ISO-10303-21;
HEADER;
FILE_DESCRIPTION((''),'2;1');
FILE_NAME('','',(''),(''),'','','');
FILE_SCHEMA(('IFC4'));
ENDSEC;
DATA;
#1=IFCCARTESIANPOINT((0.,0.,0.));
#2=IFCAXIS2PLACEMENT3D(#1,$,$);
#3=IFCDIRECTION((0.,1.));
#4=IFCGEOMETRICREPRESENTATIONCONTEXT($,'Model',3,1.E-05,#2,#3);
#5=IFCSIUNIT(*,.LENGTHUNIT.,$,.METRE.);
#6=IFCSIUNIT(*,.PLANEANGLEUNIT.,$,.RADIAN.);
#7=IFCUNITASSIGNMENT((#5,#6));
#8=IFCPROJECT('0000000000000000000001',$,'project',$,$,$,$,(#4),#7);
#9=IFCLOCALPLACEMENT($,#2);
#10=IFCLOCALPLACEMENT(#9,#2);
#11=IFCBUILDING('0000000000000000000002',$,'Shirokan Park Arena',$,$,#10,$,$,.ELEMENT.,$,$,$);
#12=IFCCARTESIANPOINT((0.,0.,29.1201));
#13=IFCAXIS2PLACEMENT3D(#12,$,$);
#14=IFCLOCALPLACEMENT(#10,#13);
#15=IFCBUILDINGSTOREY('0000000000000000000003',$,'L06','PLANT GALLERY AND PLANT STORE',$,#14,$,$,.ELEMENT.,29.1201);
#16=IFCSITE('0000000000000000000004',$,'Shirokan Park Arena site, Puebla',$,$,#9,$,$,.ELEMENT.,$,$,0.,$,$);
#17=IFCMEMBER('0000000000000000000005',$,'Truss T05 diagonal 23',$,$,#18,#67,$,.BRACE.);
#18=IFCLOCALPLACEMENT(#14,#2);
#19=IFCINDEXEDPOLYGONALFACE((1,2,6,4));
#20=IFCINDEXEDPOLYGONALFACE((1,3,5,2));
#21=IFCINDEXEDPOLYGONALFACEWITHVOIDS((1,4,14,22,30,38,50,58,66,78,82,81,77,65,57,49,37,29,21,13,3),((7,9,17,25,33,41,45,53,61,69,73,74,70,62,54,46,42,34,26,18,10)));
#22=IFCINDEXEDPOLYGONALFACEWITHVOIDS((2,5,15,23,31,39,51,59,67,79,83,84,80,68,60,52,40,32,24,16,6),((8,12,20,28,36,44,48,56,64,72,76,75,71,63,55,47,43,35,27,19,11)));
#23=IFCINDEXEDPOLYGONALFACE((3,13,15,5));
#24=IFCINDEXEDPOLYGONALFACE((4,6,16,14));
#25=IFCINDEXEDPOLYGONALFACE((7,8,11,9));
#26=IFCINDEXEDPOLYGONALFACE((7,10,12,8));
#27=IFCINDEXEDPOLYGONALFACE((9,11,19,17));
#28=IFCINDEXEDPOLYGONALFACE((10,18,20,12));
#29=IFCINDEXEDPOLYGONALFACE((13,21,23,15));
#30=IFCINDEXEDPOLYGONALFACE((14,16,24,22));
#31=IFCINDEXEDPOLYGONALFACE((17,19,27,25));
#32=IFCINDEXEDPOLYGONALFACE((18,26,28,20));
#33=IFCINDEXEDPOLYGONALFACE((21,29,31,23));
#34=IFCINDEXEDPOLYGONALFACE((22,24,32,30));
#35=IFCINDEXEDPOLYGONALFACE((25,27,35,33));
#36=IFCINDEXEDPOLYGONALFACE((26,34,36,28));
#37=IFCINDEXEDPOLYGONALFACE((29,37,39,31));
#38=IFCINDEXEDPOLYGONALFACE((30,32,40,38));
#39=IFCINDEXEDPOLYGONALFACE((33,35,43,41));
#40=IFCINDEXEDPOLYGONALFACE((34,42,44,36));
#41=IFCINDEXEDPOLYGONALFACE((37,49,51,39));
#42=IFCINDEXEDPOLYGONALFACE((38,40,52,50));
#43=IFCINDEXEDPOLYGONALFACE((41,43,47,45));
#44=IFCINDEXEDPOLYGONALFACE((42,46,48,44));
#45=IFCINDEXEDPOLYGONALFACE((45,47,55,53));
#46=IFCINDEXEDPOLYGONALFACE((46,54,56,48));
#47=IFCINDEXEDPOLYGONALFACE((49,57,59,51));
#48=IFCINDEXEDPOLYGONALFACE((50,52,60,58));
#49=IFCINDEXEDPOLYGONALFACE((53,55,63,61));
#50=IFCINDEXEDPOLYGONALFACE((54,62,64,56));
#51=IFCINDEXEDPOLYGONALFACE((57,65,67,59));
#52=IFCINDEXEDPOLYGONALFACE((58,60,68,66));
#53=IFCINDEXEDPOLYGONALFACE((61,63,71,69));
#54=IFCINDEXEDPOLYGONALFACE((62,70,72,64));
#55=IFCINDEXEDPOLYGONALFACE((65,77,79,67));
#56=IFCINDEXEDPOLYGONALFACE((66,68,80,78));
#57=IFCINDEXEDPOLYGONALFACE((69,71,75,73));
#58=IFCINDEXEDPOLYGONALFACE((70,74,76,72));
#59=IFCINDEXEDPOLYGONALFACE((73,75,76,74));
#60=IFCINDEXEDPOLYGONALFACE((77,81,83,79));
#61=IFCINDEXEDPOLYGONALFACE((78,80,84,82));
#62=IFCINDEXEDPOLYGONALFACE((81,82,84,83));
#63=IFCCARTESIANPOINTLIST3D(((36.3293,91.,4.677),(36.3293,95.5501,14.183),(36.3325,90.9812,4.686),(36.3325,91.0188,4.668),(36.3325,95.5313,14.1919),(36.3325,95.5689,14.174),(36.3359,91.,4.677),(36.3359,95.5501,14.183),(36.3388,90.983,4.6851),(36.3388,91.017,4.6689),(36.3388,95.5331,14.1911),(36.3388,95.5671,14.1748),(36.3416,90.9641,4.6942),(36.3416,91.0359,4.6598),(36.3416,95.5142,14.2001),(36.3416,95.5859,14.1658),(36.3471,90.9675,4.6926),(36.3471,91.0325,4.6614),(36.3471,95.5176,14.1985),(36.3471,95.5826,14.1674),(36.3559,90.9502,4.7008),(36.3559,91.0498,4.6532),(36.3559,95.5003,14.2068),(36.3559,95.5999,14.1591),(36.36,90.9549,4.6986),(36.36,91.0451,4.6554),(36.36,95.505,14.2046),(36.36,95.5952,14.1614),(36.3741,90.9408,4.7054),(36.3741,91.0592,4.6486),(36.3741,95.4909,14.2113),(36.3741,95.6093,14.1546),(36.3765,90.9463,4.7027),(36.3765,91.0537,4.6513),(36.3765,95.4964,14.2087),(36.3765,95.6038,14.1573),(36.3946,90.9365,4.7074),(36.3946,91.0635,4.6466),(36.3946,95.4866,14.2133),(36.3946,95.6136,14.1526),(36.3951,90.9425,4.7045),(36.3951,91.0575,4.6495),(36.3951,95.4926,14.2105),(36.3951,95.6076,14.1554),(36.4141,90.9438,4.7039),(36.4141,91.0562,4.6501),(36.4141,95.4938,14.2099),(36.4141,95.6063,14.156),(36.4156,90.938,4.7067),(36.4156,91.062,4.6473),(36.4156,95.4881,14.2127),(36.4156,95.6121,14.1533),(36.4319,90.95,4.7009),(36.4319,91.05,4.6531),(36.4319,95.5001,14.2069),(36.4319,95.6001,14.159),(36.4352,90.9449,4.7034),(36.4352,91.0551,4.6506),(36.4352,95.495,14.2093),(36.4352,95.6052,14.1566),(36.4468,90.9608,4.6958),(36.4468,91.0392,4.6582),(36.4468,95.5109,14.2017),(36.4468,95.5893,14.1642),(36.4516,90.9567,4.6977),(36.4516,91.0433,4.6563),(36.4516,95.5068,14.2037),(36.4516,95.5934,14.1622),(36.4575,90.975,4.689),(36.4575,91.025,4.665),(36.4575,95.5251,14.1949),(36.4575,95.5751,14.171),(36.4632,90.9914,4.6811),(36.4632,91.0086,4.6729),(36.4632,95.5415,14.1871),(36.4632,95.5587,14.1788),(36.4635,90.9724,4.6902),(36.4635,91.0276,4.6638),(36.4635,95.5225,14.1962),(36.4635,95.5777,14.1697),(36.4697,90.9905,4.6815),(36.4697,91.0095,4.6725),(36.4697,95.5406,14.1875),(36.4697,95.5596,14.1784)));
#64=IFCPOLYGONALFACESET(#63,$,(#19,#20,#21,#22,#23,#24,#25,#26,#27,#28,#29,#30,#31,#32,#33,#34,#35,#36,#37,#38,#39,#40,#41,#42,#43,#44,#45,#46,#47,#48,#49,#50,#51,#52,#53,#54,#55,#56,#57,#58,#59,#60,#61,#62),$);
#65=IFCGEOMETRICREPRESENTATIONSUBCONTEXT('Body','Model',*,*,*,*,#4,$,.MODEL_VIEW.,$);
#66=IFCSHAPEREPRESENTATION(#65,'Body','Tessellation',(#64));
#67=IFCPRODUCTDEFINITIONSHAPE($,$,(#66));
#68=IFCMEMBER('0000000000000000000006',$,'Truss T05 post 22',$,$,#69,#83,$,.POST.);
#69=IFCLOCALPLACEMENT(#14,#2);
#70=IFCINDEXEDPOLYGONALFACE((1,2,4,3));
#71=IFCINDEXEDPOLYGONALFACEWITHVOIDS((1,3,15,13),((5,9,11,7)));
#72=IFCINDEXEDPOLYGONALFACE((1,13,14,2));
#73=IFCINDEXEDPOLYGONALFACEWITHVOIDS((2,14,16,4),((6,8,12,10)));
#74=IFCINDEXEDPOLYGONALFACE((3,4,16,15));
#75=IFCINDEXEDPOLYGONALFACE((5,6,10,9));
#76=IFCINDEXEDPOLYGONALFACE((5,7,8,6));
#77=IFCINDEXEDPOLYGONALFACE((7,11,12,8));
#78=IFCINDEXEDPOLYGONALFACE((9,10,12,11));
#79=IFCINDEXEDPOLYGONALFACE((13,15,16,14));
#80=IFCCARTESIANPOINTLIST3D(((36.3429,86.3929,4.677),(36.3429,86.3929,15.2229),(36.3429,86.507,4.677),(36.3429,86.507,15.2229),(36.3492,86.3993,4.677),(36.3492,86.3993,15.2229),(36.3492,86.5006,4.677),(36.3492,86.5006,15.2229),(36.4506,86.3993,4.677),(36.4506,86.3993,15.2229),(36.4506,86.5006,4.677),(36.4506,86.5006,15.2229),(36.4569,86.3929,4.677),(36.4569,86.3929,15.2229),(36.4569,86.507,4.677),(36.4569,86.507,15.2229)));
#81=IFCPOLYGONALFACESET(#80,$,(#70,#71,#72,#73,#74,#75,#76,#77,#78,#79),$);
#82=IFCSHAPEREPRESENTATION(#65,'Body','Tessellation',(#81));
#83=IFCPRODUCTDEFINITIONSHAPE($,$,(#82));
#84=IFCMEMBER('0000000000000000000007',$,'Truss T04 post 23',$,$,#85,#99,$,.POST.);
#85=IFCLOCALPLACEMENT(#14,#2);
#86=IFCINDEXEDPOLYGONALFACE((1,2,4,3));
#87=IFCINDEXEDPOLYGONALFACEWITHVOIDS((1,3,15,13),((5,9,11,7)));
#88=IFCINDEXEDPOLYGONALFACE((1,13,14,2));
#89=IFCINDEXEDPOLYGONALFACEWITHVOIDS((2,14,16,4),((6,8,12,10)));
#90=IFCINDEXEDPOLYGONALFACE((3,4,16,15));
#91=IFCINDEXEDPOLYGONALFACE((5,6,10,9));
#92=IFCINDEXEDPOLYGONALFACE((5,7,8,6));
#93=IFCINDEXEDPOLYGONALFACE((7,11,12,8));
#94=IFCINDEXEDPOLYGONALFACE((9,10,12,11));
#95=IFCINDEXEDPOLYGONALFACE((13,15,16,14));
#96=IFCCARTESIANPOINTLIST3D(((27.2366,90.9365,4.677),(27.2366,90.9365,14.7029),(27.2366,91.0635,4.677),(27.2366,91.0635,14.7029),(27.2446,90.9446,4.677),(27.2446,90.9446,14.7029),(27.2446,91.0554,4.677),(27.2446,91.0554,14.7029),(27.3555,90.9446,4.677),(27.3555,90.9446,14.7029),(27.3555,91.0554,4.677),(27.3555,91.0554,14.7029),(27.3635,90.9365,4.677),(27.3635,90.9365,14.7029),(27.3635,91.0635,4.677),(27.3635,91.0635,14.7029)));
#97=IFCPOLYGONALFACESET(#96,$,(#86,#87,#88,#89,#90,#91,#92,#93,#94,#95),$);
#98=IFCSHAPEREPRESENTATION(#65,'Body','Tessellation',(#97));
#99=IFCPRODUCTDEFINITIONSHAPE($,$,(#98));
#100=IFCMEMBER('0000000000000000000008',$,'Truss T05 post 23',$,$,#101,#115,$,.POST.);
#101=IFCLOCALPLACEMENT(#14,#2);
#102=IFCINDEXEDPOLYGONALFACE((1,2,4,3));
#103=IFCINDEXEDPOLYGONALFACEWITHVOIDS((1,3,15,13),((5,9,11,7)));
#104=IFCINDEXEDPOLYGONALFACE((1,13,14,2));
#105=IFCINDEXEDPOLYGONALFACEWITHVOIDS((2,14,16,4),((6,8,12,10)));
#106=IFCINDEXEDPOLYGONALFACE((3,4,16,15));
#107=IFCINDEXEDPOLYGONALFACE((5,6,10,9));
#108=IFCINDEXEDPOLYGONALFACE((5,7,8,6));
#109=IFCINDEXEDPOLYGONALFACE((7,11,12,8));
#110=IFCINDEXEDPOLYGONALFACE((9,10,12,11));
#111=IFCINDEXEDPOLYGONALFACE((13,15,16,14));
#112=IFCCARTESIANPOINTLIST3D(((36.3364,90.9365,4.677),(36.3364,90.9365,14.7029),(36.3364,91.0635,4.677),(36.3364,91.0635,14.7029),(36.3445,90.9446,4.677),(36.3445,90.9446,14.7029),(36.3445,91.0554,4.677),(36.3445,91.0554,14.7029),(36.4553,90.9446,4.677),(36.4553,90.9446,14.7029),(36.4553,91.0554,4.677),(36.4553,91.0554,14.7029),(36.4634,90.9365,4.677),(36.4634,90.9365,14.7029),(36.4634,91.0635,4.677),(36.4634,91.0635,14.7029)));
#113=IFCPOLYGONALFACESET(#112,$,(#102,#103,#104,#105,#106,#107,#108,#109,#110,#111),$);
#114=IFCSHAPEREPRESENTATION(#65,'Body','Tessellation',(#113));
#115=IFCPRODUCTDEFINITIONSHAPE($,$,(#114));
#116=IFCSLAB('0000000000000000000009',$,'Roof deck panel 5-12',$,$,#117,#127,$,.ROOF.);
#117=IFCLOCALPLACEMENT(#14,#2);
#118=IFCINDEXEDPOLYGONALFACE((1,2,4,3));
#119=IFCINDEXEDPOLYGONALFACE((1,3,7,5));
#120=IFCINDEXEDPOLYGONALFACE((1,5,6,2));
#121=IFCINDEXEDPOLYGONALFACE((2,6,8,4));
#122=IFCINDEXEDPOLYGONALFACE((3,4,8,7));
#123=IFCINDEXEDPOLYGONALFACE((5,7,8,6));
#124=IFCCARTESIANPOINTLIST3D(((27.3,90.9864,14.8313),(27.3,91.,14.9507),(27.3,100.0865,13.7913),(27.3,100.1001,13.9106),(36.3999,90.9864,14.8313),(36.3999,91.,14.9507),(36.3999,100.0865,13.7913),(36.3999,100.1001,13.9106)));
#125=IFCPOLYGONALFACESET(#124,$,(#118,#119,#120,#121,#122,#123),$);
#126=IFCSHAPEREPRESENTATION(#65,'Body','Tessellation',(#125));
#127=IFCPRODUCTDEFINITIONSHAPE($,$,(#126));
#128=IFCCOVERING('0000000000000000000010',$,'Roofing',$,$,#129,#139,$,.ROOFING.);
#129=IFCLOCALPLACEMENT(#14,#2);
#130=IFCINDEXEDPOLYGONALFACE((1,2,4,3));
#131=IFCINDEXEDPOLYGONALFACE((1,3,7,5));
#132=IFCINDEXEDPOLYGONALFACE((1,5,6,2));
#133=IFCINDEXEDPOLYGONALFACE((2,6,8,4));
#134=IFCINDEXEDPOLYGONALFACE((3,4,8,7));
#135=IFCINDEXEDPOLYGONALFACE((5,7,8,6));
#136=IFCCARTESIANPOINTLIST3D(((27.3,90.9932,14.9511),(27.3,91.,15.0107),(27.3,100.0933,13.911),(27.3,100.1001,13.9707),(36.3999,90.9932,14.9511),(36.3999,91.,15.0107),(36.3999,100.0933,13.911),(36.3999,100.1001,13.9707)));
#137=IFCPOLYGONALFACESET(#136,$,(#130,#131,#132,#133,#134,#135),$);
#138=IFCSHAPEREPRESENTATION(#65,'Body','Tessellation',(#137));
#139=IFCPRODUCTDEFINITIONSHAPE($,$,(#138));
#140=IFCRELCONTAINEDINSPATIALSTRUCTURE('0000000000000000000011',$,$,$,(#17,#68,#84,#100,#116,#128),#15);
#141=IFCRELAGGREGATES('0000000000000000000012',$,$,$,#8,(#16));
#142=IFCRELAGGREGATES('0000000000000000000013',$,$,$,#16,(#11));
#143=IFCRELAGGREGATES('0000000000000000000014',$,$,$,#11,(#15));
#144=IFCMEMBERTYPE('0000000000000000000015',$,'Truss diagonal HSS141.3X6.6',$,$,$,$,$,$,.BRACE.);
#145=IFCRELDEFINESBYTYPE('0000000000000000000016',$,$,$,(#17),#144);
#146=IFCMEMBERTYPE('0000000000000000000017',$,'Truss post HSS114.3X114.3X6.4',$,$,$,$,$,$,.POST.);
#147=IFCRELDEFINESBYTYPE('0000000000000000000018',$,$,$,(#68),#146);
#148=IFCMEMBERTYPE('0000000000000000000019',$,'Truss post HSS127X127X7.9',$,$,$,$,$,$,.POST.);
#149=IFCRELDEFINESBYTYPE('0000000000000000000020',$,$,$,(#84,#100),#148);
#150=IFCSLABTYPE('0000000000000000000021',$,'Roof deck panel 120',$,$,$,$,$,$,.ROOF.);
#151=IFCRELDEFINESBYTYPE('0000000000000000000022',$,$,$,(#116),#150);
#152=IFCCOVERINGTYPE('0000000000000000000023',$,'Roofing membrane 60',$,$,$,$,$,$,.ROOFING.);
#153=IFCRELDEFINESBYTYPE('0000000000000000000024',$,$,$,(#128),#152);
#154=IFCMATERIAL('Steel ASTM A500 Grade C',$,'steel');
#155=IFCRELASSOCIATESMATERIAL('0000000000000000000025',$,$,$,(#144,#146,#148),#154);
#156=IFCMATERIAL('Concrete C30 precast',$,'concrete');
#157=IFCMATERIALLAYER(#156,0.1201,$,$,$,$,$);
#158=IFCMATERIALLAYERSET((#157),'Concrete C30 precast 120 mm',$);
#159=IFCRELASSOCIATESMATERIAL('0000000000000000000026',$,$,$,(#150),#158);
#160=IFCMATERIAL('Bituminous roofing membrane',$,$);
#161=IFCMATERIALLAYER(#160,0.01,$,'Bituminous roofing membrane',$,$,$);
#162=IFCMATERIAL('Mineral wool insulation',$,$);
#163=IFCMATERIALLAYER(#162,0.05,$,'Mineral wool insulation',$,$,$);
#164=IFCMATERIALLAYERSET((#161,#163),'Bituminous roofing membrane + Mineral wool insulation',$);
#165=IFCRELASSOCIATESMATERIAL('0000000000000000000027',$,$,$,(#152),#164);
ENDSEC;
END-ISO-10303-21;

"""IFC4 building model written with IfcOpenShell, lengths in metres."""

from ifc_helpers import new_model, si_unit, direction, frame, origin, origin_2d, place, context, subcontext, project, spatial, polyline, hollow_rectangle, hollow_circle, outline, extrude, material, layer, layer_set, material_profile, profile_set, type_object, element, save


model = new_model("IFC4")

# Units and contexts
model_context = context("Model", 3, precision=1e-05, world=origin(), true_north=direction((0.0, 1.0)))
body_context = subcontext(model_context, "Body", "Model", "MODEL_VIEW")
ifc_project = project(units=[si_unit("LENGTHUNIT", "METRE"), si_unit("PLANEANGLEUNIT", "RADIAN")], contexts=[model_context])

# Site, building, storey
site_placement = place(None, origin())
site = spatial("IfcSite", under=ifc_project, at=site_placement, Name="Shirokan Park Arena site, Puebla", CompositionType="ELEMENT", RefElevation=0.0)
building_placement = place(site_placement, origin())
building = spatial("IfcBuilding", under=site, at=building_placement, Name="Shirokan Park Arena", CompositionType="ELEMENT")
storey_placement = place(building_placement, frame((0.0, 0.0, 29.1201)))
storey = spatial("IfcBuildingStorey", under=building, at=storey_placement, Name="L06", Description="PLANT GALLERY AND PLANT STORE", CompositionType="ELEMENT", Elevation=29.1201)

# Members
ifc_material_1 = material(Name="Steel ASTM A500 Grade C", Category="steel")
ifc_material_profile_1 = material_profile(ifc_material_1, hollow_circle(Radius=0.0706, WallThickness=0.0066, at=origin_2d()), Name="HSS141.3X6.6")
ifc_profile_set_1 = profile_set([ifc_material_profile_1], Name="Steel ASTM A500 Grade C")
member_type_1 = type_object("IfcMemberType", Name="Truss diagonal HSS141.3X6.6", PredefinedType="BRACE", material=ifc_profile_set_1)
member_1_placement = place(storey_placement, frame((36.3999, 91.0, 4.677), z_axis=(0.0, 0.431746, 0.901995), x_axis=(-1.0, 0.0, 0.0)))
element("IfcMember", 1, at=member_1_placement, inside=storey, type_object=member_type_1, Name="Truss T05 diagonal 23", PredefinedType="BRACE", context=body_context, shape_type="SweptSolid", body=[
    extrude(hollow_circle(Radius=0.0706, WallThickness=0.0066, at=origin_2d()), origin(), (0.0, 0.0, 1.0), 10.5388),
])
ifc_material_profile_2 = material_profile(ifc_material_1, hollow_rectangle(XDim=0.114, YDim=0.114, WallThickness=0.0063, at=origin_2d()), Name="HSS114.3X114.3X6.4")
ifc_profile_set_2 = profile_set([ifc_material_profile_2], Name="Steel ASTM A500 Grade C")
member_type_2 = type_object("IfcMemberType", Name="Truss post HSS114.3X114.3X6.4", PredefinedType="POST", material=ifc_profile_set_2)
member_2_placement = place(storey_placement, frame((36.3999, 86.45, 4.677), z_axis=(0.0, 0.0, 1.0), x_axis=(1.0, 0.0, 0.0)))
element("IfcMember", 2, at=member_2_placement, inside=storey, type_object=member_type_2, Name="Truss T05 post 22", PredefinedType="POST", context=body_context, shape_type="SweptSolid", body=[
    extrude(hollow_rectangle(XDim=0.114, YDim=0.114, WallThickness=0.0063, at=origin_2d()), origin(), (0.0, 0.0, 1.0), 10.5459),
])
ifc_material_profile_3 = material_profile(ifc_material_1, hollow_rectangle(XDim=0.127, YDim=0.127, WallThickness=0.0081, at=origin_2d()), Name="HSS127X127X7.9")
ifc_profile_set_3 = profile_set([ifc_material_profile_3], Name="Steel ASTM A500 Grade C")
member_type_3 = type_object("IfcMemberType", Name="Truss post HSS127X127X7.9", PredefinedType="POST", material=ifc_profile_set_3)
for number, where, z_axis, x_axis, name in (
    (3, (27.3, 91.0, 4.677), (0.0, 0.0, 1.0), (1.0, 0.0, 0.0), "Truss T04 post 23"),
    (4, (36.3999, 91.0, 4.677), (0.0, 0.0, 1.0), (1.0, 0.0, 0.0), "Truss T05 post 23"),
):
    element("IfcMember", number, at=place(storey_placement, frame(where, z_axis=z_axis, x_axis=x_axis)), inside=storey, type_object=member_type_3, Name=name, PredefinedType="POST", context=body_context, shape_type="SweptSolid", body=[
        extrude(hollow_rectangle(XDim=0.127, YDim=0.127, WallThickness=0.0081, at=origin_2d()), origin(), (0.0, 0.0, 1.0), 10.0259),
    ])

# Slab
ifc_material_2 = material(Name="Concrete C30 precast", Category="concrete")
ifc_layer_1 = layer(ifc_material_2, 0.1201)
ifc_layer_set_1 = layer_set([ifc_layer_1], Name="Concrete C30 precast 120 mm")
slab_type = type_object("IfcSlabType", Name="Roof deck panel 120", PredefinedType="ROOF", material=ifc_layer_set_1)
slab_placement = place(storey_placement, frame((27.3, 91.0, 14.9507), z_axis=(0.0, 0.11355, 0.993532), x_axis=(1.0, 0.0, 0.0)))
element("IfcSlab", 5, at=slab_placement, inside=storey, type_object=slab_type, Name="Roof deck panel 5-12", PredefinedType="ROOF", context=body_context, shape_type="SweptSolid", body=[
    extrude(outline(polyline([(0.0, 0.0), (9.0999, 0.0), (9.0999, 9.1593), (0.0, 9.1593), (0.0, 0.0)])), origin(), (0.0, 0.0, -1.0), 0.1201),
])

# Covering
ifc_material_3 = material(Name="Bituminous roofing membrane")
ifc_layer_2 = layer(ifc_material_3, 0.01, Name="Bituminous roofing membrane")
ifc_material_4 = material(Name="Mineral wool insulation")
ifc_layer_3 = layer(ifc_material_4, 0.05, Name="Mineral wool insulation")
ifc_layer_set_2 = layer_set([ifc_layer_2, ifc_layer_3], Name="Bituminous roofing membrane + Mineral wool insulation")
covering_type = type_object("IfcCoveringType", Name="Roofing membrane 60", PredefinedType="ROOFING", material=ifc_layer_set_2)
covering_placement = place(storey_placement, frame((27.3, 91.0, 15.0107), z_axis=(0.0, 0.11355, 0.993532), x_axis=(1.0, 0.0, 0.0)))
element("IfcCovering", 6, at=covering_placement, inside=storey, type_object=covering_type, Name="Roofing", PredefinedType="ROOFING", context=body_context, shape_type="SweptSolid", body=[
    extrude(outline(polyline([(0.0, 0.0), (9.0999, 0.0), (9.0999, 9.1593), (0.0, 9.1593), (0.0, 0.0)])), origin(), (0.0, 0.0, -1.0), 0.0601),
])

save(model, "model.ifc")
